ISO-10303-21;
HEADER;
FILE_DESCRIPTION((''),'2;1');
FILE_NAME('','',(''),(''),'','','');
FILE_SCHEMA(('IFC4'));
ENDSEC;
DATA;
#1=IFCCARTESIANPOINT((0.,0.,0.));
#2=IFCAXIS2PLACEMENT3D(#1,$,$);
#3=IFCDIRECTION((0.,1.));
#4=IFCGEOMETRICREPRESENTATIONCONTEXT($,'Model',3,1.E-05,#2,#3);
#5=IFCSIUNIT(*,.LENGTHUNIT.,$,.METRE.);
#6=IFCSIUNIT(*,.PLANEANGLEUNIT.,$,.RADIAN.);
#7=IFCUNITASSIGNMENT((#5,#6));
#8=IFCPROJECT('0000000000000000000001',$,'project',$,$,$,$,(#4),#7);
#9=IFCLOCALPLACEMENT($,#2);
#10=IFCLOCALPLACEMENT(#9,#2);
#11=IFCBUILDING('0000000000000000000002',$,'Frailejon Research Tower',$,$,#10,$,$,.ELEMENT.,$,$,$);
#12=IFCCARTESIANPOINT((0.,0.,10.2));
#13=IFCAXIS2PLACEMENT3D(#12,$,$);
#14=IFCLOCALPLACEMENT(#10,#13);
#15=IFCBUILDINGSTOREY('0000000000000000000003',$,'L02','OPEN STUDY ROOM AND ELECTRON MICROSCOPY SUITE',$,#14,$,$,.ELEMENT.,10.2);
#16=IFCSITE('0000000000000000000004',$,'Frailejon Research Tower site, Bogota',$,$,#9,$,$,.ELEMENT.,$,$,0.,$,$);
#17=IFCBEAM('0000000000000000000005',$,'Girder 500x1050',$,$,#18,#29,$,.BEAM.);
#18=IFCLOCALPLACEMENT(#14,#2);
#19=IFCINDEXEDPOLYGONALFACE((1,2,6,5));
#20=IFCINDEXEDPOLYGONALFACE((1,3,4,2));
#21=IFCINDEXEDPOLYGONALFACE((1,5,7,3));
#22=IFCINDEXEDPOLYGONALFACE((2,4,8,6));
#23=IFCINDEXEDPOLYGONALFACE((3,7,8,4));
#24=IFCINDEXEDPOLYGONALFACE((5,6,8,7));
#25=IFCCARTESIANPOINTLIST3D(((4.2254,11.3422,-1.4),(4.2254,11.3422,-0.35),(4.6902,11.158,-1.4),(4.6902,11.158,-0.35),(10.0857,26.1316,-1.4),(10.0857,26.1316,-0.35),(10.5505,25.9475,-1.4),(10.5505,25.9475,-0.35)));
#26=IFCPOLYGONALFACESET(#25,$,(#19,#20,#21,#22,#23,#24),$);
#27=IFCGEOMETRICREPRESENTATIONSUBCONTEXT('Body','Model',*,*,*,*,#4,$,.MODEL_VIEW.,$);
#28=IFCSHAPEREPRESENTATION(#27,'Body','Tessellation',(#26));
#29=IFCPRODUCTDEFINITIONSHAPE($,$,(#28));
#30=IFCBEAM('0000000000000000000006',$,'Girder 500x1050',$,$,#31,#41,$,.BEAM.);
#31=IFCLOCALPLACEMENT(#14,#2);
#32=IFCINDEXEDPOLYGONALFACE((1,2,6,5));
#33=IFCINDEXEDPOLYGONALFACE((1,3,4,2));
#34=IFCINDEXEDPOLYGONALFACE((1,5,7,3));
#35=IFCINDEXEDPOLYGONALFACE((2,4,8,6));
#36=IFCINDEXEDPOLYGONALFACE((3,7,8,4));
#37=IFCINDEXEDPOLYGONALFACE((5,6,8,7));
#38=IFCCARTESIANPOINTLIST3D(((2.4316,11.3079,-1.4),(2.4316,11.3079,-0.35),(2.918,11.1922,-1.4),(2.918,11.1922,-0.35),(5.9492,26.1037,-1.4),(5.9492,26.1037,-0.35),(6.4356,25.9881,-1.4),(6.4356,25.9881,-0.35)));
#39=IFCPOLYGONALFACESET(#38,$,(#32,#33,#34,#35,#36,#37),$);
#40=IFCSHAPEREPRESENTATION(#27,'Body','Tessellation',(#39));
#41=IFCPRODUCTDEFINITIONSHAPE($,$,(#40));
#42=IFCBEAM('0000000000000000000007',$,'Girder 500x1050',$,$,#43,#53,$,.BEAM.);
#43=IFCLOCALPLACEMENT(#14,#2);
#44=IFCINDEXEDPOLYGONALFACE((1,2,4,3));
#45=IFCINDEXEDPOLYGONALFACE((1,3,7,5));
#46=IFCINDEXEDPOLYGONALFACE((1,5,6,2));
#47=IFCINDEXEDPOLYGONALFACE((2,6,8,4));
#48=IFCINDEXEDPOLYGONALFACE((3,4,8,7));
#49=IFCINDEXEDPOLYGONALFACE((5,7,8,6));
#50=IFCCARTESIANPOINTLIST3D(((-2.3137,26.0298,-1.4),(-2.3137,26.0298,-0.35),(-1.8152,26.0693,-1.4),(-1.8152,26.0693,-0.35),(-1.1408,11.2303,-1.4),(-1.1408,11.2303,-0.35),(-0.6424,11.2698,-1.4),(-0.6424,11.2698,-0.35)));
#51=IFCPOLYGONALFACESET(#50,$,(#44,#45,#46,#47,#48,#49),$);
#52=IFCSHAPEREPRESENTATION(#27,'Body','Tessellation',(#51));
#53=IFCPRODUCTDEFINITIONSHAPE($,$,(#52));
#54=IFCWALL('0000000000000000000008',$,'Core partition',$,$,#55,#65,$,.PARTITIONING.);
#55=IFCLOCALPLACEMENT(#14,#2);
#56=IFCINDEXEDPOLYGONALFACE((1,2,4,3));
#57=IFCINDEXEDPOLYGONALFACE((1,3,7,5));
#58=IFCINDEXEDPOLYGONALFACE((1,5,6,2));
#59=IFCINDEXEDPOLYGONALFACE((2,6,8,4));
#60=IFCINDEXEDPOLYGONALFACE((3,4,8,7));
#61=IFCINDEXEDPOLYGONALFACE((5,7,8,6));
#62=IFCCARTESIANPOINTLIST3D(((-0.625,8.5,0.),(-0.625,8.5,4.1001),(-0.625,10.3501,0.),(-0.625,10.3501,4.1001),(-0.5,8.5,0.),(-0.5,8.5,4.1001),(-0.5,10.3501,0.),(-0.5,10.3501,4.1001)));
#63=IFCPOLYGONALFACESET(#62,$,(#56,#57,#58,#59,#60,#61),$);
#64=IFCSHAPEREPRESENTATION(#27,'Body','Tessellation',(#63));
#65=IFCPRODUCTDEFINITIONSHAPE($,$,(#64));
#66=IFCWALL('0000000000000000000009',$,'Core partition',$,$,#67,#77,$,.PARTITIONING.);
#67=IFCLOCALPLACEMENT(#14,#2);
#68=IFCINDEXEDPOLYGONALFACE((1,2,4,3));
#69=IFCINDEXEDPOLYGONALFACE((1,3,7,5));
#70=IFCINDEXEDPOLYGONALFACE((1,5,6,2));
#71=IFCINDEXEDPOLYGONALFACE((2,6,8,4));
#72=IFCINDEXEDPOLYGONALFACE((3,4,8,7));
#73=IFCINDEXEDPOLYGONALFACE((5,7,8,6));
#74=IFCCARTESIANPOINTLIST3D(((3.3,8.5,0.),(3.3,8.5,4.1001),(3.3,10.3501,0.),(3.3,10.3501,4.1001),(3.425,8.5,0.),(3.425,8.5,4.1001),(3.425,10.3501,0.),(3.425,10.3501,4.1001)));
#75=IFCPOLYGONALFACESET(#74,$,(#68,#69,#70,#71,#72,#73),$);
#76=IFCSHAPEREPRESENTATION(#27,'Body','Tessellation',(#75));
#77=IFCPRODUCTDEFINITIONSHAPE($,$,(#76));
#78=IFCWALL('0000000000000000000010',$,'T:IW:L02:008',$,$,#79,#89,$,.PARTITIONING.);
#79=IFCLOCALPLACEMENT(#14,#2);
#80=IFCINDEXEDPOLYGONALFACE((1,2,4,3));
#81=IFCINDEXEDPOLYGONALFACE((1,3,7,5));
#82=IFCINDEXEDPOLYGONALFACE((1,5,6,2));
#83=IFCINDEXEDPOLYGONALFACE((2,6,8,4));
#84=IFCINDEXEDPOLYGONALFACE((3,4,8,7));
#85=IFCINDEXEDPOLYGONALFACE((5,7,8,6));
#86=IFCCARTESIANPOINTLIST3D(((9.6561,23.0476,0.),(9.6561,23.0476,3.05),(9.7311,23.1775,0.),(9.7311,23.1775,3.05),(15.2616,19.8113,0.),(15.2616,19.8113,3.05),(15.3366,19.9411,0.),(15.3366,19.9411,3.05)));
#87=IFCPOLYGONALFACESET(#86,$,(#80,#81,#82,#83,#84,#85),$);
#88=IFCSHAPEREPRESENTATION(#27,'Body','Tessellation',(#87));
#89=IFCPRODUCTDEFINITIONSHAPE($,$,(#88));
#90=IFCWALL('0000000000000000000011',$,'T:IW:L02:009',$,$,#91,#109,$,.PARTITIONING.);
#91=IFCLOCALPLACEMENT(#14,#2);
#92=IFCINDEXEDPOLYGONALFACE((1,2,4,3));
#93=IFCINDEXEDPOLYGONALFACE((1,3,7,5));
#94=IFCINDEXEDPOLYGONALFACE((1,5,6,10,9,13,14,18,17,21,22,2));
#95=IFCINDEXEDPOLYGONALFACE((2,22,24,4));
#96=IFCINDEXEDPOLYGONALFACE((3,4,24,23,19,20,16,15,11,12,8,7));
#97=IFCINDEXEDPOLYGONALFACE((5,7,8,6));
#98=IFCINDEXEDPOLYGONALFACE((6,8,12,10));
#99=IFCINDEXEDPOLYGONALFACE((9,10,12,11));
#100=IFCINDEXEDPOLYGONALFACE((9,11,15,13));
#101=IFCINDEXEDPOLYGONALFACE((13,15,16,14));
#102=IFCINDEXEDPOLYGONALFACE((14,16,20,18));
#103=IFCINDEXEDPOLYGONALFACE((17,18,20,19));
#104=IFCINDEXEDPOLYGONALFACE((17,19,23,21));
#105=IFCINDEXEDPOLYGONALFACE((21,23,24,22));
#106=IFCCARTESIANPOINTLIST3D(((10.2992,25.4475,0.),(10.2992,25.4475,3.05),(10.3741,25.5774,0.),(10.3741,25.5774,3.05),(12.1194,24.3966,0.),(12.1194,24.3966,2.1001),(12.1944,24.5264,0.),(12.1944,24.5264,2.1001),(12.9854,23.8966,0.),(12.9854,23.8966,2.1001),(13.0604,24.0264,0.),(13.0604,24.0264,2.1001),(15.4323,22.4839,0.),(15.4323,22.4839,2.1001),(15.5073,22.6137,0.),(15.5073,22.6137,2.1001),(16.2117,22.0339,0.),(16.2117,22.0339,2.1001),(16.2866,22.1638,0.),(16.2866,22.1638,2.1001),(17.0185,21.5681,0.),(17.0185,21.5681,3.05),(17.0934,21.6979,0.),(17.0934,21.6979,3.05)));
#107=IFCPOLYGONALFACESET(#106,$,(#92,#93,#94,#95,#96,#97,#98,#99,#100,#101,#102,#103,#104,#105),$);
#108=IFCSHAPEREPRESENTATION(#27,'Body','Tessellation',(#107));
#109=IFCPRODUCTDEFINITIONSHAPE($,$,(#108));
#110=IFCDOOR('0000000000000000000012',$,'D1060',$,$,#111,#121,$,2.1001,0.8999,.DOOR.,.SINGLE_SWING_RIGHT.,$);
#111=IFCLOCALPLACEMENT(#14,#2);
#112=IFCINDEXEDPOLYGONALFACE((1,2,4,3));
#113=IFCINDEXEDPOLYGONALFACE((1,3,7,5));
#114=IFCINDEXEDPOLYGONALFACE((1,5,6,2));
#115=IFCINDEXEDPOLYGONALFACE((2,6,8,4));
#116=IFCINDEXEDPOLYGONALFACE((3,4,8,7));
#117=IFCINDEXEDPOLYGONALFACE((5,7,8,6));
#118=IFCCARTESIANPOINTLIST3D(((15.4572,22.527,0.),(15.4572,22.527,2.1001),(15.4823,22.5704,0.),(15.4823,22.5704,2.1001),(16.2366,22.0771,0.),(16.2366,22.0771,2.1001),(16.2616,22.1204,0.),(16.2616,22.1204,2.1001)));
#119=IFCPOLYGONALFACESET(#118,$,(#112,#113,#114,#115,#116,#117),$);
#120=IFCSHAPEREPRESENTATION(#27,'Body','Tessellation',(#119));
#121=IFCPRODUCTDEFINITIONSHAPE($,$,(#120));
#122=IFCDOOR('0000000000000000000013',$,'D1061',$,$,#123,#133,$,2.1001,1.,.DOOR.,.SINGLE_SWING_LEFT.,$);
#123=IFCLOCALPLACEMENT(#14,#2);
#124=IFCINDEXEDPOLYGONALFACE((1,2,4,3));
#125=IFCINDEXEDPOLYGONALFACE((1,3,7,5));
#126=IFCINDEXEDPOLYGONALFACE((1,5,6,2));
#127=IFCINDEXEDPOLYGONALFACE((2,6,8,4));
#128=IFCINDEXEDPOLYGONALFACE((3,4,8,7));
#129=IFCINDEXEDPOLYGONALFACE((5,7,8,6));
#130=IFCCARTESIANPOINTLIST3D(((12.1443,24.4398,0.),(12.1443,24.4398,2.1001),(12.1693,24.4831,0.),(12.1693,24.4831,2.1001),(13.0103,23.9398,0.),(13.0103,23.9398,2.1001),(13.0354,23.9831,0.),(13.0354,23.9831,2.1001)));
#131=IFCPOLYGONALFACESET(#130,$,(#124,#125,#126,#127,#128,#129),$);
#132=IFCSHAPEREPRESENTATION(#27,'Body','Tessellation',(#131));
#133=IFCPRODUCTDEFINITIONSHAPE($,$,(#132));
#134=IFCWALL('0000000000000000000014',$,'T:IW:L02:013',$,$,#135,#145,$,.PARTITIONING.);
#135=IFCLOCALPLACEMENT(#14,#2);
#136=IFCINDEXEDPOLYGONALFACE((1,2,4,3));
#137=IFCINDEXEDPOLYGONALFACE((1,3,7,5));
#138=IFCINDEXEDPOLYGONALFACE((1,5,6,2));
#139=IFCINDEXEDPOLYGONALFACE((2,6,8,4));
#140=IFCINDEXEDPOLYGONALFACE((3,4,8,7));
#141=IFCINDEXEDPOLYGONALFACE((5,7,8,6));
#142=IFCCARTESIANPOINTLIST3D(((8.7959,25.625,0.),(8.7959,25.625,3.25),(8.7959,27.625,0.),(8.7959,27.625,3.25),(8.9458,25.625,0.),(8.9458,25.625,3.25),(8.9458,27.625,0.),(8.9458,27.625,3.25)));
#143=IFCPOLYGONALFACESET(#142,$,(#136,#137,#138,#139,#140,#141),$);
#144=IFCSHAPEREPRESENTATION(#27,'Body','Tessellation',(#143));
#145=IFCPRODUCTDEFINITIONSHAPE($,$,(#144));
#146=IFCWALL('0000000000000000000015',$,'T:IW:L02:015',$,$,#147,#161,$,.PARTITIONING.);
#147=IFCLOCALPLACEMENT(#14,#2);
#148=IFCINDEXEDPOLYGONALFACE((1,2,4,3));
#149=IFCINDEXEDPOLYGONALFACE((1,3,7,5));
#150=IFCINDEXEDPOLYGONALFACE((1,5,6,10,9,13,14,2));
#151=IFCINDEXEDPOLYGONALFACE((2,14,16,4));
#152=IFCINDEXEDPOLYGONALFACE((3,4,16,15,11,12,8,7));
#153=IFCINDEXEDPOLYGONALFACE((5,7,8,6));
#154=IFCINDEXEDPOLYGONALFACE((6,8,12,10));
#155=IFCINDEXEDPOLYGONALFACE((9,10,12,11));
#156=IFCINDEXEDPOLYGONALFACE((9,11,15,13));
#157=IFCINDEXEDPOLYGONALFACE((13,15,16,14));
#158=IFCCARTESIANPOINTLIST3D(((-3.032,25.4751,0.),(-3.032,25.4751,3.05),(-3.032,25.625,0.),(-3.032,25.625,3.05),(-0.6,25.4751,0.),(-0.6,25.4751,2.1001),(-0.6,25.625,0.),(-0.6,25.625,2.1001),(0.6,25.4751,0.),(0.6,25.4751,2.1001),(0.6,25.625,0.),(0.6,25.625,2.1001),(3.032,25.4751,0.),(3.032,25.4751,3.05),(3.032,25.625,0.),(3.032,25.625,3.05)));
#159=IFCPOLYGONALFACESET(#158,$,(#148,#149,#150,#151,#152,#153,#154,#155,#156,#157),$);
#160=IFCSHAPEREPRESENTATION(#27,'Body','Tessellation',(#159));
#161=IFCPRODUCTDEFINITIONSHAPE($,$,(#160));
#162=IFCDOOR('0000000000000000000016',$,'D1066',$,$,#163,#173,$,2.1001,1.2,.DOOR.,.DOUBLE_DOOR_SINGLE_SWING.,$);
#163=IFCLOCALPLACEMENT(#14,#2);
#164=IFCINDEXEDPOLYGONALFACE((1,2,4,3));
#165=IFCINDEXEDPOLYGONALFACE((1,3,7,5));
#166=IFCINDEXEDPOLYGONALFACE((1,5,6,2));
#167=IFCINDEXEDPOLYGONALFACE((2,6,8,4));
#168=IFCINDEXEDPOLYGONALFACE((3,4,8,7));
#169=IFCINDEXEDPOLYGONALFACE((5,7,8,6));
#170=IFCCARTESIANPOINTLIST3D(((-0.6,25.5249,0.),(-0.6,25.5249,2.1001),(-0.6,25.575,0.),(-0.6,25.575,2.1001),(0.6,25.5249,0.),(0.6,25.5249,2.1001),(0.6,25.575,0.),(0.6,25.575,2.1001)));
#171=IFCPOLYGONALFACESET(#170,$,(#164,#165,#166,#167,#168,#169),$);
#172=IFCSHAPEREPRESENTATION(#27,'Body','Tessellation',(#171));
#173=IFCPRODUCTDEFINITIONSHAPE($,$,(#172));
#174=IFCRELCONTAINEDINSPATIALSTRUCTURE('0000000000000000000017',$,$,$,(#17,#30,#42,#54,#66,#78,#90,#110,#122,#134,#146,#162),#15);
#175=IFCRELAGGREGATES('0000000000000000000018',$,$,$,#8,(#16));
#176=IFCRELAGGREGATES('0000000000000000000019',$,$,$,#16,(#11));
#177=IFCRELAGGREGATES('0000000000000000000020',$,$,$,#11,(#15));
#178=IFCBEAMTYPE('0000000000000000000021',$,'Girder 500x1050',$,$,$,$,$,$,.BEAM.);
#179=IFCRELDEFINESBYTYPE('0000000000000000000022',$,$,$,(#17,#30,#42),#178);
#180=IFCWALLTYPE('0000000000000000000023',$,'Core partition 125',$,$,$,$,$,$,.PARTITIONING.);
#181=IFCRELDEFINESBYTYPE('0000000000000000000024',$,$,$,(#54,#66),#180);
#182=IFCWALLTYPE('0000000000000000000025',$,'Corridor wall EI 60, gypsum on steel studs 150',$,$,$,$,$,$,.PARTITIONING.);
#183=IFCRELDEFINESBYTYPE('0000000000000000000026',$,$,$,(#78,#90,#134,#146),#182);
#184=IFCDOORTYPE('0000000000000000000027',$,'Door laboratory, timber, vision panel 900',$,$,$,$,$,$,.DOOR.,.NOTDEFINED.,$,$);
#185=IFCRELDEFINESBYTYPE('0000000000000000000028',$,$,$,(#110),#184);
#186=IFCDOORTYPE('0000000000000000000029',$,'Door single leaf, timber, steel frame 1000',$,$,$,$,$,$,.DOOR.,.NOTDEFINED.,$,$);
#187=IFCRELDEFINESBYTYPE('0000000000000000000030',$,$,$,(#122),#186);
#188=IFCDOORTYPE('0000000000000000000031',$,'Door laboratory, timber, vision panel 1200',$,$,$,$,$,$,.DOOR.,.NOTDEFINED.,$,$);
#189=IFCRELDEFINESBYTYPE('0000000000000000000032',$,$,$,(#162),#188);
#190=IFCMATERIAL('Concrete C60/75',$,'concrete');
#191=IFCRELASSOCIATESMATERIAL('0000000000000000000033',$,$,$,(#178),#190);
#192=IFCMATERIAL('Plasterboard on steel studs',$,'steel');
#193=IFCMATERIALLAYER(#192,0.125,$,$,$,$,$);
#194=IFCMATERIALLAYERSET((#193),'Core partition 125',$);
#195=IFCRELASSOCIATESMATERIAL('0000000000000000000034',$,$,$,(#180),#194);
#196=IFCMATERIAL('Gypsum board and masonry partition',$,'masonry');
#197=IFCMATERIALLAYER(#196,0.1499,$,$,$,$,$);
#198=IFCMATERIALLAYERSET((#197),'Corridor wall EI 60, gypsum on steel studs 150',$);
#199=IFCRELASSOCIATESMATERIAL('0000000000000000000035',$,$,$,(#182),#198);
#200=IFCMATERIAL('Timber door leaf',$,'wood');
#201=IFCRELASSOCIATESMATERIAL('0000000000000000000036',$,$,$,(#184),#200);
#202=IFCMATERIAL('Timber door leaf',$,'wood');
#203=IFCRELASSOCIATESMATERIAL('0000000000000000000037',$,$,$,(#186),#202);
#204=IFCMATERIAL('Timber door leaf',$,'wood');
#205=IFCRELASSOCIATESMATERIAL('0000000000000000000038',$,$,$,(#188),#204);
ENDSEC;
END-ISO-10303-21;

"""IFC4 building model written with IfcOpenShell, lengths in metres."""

from ifc_helpers import new_model, si_unit, direction, frame, frame_2d, origin, origin_2d, place, context, subcontext, project, spatial, rectangle, extrude, material, layer, layer_set, material_profile, profile_set, type_object, element, fill, save


model = new_model("IFC4")

# Units and contexts
model_context = context("Model", 3, precision=1e-05, world=origin(), true_north=direction((0.0, 1.0)))
body_context = subcontext(model_context, "Body", "Model", "MODEL_VIEW")
ifc_project = project(units=[si_unit("LENGTHUNIT", "METRE"), si_unit("PLANEANGLEUNIT", "RADIAN")], contexts=[model_context])

# Site, building, storey
site_placement = place(None, origin())
site = spatial("IfcSite", under=ifc_project, at=site_placement, Name="Frailejon Research Tower site, Bogota", CompositionType="ELEMENT", RefElevation=0.0)
building_placement = place(site_placement, origin())
building = spatial("IfcBuilding", under=site, at=building_placement, Name="Frailejon Research Tower", CompositionType="ELEMENT")
storey_placement = place(building_placement, frame((0.0, 0.0, 10.2)))
storey = spatial("IfcBuildingStorey", under=building, at=storey_placement, Name="L02", Description="OPEN STUDY ROOM AND ELECTRON MICROSCOPY SUITE", CompositionType="ELEMENT", Elevation=10.2)

# Beams
ifc_material_1 = material(Name="Concrete C60/75", Category="concrete")
ifc_material_profile = material_profile(ifc_material_1, rectangle(XDim=0.5, YDim=1.05, at=origin_2d()), Name="Girder 500x1050")
ifc_profile_set = profile_set([ifc_material_profile], Name="Concrete C60/75")
beam_type = type_object("IfcBeamType", Name="Girder 500x1050", PredefinedType="BEAM", material=ifc_profile_set)
beam_1_placement = place(storey_placement, frame((10.3181, 26.0396, -0.875), z_axis=(-0.368383, -0.929674, 0.0), x_axis=(0.929674, -0.368383, 0.0)))
element("IfcBeam", 1, at=beam_1_placement, inside=storey, type_object=beam_type, Name="Girder 500x1050", PredefinedType="BEAM", context=body_context, shape_type="SweptSolid", body=[
    extrude(rectangle(XDim=0.5, YDim=1.05, at=origin_2d()), origin(), (0.0, 0.0, 1.0), 15.9082),
])
beam_2_placement = place(storey_placement, frame((6.1924, 26.0459, -0.875), z_axis=(-0.231294, -0.972884, 0.0), x_axis=(0.972884, -0.231294, 0.0)))
element("IfcBeam", 2, at=beam_2_placement, inside=storey, type_object=beam_type, Name="Girder 500x1050", PredefinedType="BEAM", context=body_context, shape_type="SweptSolid", body=[
    extrude(rectangle(XDim=0.5, YDim=1.05, at=origin_2d()), origin(), (0.0, 0.0, 1.0), 15.2083),
])
beam_3_placement = place(storey_placement, frame((-2.0645, 26.0496, -0.875), z_axis=(0.079001, -0.996875, 0.0), x_axis=(0.996875, 0.079001, 0.0)))
element("IfcBeam", 3, at=beam_3_placement, inside=storey, type_object=beam_type, Name="Girder 500x1050", PredefinedType="BEAM", context=body_context, shape_type="SweptSolid", body=[
    extrude(rectangle(XDim=0.5, YDim=1.05, at=origin_2d()), origin(), (0.0, 0.0, 1.0), 14.8459),
])

# Walls
ifc_material_2 = material(Name="Plasterboard on steel studs", Category="steel")
ifc_layer_1 = layer(ifc_material_2, 0.125)
ifc_layer_set_1 = layer_set([ifc_layer_1], Name="Core partition 125")
wall_type_1 = type_object("IfcWallType", Name="Core partition 125", PredefinedType="PARTITIONING", material=ifc_layer_set_1)
for number, where, z_axis, x_axis, name in (
    (4, (-0.5625, 8.5, 0.0), (0.0, 0.0, 1.0), (0.0, 1.0, 0.0), "Core partition"),
    (5, (3.3625, 8.5, 0.0), (0.0, 0.0, 1.0), (0.0, 1.0, 0.0), "Core partition"),
):
    element("IfcWall", number, at=place(storey_placement, frame(where, z_axis=z_axis, x_axis=x_axis)), inside=storey, type_object=wall_type_1, Name=name, PredefinedType="PARTITIONING", context=body_context, shape_type="SweptSolid", body=[
        extrude(rectangle(XDim=1.8501, YDim=0.125, at=frame_2d((0.925, 0.0))), origin(), (0.0, 0.0, 1.0), 4.1001),
    ])
ifc_material_3 = material(Name="Gypsum board and masonry partition", Category="masonry")
ifc_layer_2 = layer(ifc_material_3, 0.1499)
ifc_layer_set_2 = layer_set([ifc_layer_2], Name="Corridor wall EI 60, gypsum on steel studs 150")
wall_type_2 = type_object("IfcWallType", Name="Corridor wall EI 60, gypsum on steel studs 150", PredefinedType="PARTITIONING", material=ifc_layer_set_2)
wall_1_placement = place(storey_placement, frame((9.6936, 23.1125, 0.0), z_axis=(0.0, 0.0, 1.0), x_axis=(0.866025, -0.500001, 0.0)))
element("IfcWall", 6, at=wall_1_placement, inside=storey, type_object=wall_type_2, Name="T:IW:L02:008", PredefinedType="PARTITIONING", context=body_context, shape_type="SweptSolid", body=[
    extrude(rectangle(XDim=6.4727, YDim=0.1499, at=frame_2d((3.2363, 0.0))), origin(), (0.0, 0.0, 1.0), 3.05),
])

# Wall, openings, doors
wall_2_placement = place(storey_placement, frame((10.3367, 25.5125, 0.0), z_axis=(0.0, 0.0, 1.0), x_axis=(0.866023, -0.500004, 0.0)))
wall_2 = element("IfcWall", 7, at=wall_2_placement, inside=storey, type_object=wall_type_2, Name="T:IW:L02:009", PredefinedType="PARTITIONING", context=body_context, shape_type="SweptSolid", body=[
    extrude(rectangle(XDim=7.7588, YDim=0.1499, at=frame_2d((3.8794, 0.0))), origin(), (0.0, 0.0, 1.0), 3.05),
])
opening_1_placement = place(wall_2_placement, frame((5.9272, 0.0, 0.0)))
opening_1 = element("IfcOpeningElement", 8, at=opening_1_placement, cuts=wall_2, PredefinedType="OPENING", context=body_context, shape_type="SweptSolid", body=[
    extrude(rectangle(XDim=0.8999, YDim=2.1001, at=frame_2d((0.45, 1.05))), frame((0.0, 0.085, 0.0), z_axis=(0.0, -1.0, 0.0), x_axis=(1.0, 0.0, 0.0)), (0.0, 0.0, 1.0), 0.1699),
])
opening_2_placement = place(wall_2_placement, frame((2.1018, 0.0, 0.0)))
opening_2 = element("IfcOpeningElement", 9, at=opening_2_placement, cuts=wall_2, PredefinedType="OPENING", context=body_context, shape_type="SweptSolid", body=[
    extrude(rectangle(XDim=1.0, YDim=2.1001, at=frame_2d((0.5, 1.05))), frame((0.0, 0.085, 0.0), z_axis=(0.0, -1.0, 0.0), x_axis=(1.0, 0.0, 0.0)), (0.0, 0.0, 1.0), 0.1699),
])
ifc_material_4 = material(Name="Timber door leaf", Category="wood")
door_type_1 = type_object("IfcDoorType", Name="Door laboratory, timber, vision panel 900", OperationType="NOTDEFINED", PredefinedType="DOOR", material=ifc_material_4)
door_1_placement = place(opening_1_placement, origin())
door_1 = element("IfcDoor", 10, at=door_1_placement, inside=storey, type_object=door_type_1, Name="D1060", OperationType="SINGLE_SWING_RIGHT", OverallHeight=2.1001, OverallWidth=0.8999, PredefinedType="DOOR", context=body_context, shape_type="SweptSolid", body=[
    extrude(rectangle(XDim=0.8999, YDim=2.1001, at=frame_2d((0.45, 1.05))), frame((0.0, 0.0249, 0.0), z_axis=(0.0, -1.0, 0.0), x_axis=(1.0, 0.0, 0.0)), (0.0, 0.0, 1.0), 0.05),
])
fill(opening_1, door_1)
ifc_material_5 = material(Name="Timber door leaf", Category="wood")
door_type_2 = type_object("IfcDoorType", Name="Door single leaf, timber, steel frame 1000", OperationType="NOTDEFINED", PredefinedType="DOOR", material=ifc_material_5)
door_2_placement = place(opening_2_placement, origin())
door_2 = element("IfcDoor", 11, at=door_2_placement, inside=storey, type_object=door_type_2, Name="D1061", OperationType="SINGLE_SWING_LEFT", OverallHeight=2.1001, OverallWidth=1.0, PredefinedType="DOOR", context=body_context, shape_type="SweptSolid", body=[
    extrude(rectangle(XDim=1.0, YDim=2.1001, at=frame_2d((0.5, 1.05))), frame((0.0, 0.0249, 0.0), z_axis=(0.0, -1.0, 0.0), x_axis=(1.0, 0.0, 0.0)), (0.0, 0.0, 1.0), 0.05),
])
fill(opening_2, door_2)

# Wall
wall_3_placement = place(storey_placement, frame((8.8708, 25.625, 0.0), z_axis=(0.0, 0.0, 1.0), x_axis=(0.0, 1.0, 0.0)))
element("IfcWall", 12, at=wall_3_placement, inside=storey, type_object=wall_type_2, Name="T:IW:L02:013", PredefinedType="PARTITIONING", context=body_context, shape_type="SweptSolid", body=[
    extrude(rectangle(XDim=2.0, YDim=0.1499, at=frame_2d((1.0, 0.0))), origin(), (0.0, 0.0, 1.0), 3.25),
])

# Wall, opening, door
wall_4_placement = place(storey_placement, frame((-3.032, 25.55, 0.0), z_axis=(0.0, 0.0, 1.0), x_axis=(1.0, 0.0, 0.0)))
wall_4 = element("IfcWall", 13, at=wall_4_placement, inside=storey, type_object=wall_type_2, Name="T:IW:L02:015", PredefinedType="PARTITIONING", context=body_context, shape_type="SweptSolid", body=[
    extrude(rectangle(XDim=6.064, YDim=0.1499, at=frame_2d((3.032, 0.0))), origin(), (0.0, 0.0, 1.0), 3.05),
])
opening_3_placement = place(wall_4_placement, frame((2.4319, 0.0, 0.0)))
opening_3 = element("IfcOpeningElement", 14, at=opening_3_placement, cuts=wall_4, PredefinedType="OPENING", context=body_context, shape_type="SweptSolid", body=[
    extrude(rectangle(XDim=1.2, YDim=2.1001, at=frame_2d((0.6001, 1.05))), frame((0.0, 0.085, 0.0), z_axis=(0.0, -1.0, 0.0), x_axis=(1.0, 0.0, 0.0)), (0.0, 0.0, 1.0), 0.1699),
])
ifc_material_6 = material(Name="Timber door leaf", Category="wood")
door_type_3 = type_object("IfcDoorType", Name="Door laboratory, timber, vision panel 1200", OperationType="NOTDEFINED", PredefinedType="DOOR", material=ifc_material_6)
door_3_placement = place(opening_3_placement, origin())
door_3 = element("IfcDoor", 15, at=door_3_placement, inside=storey, type_object=door_type_3, Name="D1066", OperationType="DOUBLE_DOOR_SINGLE_SWING", OverallHeight=2.1001, OverallWidth=1.2, PredefinedType="DOOR", context=body_context, shape_type="SweptSolid", body=[
    extrude(rectangle(XDim=1.2, YDim=2.1001, at=frame_2d((0.6001, 1.05))), frame((0.0, 0.0249, 0.0), z_axis=(0.0, -1.0, 0.0), x_axis=(1.0, 0.0, 0.0)), (0.0, 0.0, 1.0), 0.05),
])
fill(opening_3, door_3)

save(model, "model.ifc")
